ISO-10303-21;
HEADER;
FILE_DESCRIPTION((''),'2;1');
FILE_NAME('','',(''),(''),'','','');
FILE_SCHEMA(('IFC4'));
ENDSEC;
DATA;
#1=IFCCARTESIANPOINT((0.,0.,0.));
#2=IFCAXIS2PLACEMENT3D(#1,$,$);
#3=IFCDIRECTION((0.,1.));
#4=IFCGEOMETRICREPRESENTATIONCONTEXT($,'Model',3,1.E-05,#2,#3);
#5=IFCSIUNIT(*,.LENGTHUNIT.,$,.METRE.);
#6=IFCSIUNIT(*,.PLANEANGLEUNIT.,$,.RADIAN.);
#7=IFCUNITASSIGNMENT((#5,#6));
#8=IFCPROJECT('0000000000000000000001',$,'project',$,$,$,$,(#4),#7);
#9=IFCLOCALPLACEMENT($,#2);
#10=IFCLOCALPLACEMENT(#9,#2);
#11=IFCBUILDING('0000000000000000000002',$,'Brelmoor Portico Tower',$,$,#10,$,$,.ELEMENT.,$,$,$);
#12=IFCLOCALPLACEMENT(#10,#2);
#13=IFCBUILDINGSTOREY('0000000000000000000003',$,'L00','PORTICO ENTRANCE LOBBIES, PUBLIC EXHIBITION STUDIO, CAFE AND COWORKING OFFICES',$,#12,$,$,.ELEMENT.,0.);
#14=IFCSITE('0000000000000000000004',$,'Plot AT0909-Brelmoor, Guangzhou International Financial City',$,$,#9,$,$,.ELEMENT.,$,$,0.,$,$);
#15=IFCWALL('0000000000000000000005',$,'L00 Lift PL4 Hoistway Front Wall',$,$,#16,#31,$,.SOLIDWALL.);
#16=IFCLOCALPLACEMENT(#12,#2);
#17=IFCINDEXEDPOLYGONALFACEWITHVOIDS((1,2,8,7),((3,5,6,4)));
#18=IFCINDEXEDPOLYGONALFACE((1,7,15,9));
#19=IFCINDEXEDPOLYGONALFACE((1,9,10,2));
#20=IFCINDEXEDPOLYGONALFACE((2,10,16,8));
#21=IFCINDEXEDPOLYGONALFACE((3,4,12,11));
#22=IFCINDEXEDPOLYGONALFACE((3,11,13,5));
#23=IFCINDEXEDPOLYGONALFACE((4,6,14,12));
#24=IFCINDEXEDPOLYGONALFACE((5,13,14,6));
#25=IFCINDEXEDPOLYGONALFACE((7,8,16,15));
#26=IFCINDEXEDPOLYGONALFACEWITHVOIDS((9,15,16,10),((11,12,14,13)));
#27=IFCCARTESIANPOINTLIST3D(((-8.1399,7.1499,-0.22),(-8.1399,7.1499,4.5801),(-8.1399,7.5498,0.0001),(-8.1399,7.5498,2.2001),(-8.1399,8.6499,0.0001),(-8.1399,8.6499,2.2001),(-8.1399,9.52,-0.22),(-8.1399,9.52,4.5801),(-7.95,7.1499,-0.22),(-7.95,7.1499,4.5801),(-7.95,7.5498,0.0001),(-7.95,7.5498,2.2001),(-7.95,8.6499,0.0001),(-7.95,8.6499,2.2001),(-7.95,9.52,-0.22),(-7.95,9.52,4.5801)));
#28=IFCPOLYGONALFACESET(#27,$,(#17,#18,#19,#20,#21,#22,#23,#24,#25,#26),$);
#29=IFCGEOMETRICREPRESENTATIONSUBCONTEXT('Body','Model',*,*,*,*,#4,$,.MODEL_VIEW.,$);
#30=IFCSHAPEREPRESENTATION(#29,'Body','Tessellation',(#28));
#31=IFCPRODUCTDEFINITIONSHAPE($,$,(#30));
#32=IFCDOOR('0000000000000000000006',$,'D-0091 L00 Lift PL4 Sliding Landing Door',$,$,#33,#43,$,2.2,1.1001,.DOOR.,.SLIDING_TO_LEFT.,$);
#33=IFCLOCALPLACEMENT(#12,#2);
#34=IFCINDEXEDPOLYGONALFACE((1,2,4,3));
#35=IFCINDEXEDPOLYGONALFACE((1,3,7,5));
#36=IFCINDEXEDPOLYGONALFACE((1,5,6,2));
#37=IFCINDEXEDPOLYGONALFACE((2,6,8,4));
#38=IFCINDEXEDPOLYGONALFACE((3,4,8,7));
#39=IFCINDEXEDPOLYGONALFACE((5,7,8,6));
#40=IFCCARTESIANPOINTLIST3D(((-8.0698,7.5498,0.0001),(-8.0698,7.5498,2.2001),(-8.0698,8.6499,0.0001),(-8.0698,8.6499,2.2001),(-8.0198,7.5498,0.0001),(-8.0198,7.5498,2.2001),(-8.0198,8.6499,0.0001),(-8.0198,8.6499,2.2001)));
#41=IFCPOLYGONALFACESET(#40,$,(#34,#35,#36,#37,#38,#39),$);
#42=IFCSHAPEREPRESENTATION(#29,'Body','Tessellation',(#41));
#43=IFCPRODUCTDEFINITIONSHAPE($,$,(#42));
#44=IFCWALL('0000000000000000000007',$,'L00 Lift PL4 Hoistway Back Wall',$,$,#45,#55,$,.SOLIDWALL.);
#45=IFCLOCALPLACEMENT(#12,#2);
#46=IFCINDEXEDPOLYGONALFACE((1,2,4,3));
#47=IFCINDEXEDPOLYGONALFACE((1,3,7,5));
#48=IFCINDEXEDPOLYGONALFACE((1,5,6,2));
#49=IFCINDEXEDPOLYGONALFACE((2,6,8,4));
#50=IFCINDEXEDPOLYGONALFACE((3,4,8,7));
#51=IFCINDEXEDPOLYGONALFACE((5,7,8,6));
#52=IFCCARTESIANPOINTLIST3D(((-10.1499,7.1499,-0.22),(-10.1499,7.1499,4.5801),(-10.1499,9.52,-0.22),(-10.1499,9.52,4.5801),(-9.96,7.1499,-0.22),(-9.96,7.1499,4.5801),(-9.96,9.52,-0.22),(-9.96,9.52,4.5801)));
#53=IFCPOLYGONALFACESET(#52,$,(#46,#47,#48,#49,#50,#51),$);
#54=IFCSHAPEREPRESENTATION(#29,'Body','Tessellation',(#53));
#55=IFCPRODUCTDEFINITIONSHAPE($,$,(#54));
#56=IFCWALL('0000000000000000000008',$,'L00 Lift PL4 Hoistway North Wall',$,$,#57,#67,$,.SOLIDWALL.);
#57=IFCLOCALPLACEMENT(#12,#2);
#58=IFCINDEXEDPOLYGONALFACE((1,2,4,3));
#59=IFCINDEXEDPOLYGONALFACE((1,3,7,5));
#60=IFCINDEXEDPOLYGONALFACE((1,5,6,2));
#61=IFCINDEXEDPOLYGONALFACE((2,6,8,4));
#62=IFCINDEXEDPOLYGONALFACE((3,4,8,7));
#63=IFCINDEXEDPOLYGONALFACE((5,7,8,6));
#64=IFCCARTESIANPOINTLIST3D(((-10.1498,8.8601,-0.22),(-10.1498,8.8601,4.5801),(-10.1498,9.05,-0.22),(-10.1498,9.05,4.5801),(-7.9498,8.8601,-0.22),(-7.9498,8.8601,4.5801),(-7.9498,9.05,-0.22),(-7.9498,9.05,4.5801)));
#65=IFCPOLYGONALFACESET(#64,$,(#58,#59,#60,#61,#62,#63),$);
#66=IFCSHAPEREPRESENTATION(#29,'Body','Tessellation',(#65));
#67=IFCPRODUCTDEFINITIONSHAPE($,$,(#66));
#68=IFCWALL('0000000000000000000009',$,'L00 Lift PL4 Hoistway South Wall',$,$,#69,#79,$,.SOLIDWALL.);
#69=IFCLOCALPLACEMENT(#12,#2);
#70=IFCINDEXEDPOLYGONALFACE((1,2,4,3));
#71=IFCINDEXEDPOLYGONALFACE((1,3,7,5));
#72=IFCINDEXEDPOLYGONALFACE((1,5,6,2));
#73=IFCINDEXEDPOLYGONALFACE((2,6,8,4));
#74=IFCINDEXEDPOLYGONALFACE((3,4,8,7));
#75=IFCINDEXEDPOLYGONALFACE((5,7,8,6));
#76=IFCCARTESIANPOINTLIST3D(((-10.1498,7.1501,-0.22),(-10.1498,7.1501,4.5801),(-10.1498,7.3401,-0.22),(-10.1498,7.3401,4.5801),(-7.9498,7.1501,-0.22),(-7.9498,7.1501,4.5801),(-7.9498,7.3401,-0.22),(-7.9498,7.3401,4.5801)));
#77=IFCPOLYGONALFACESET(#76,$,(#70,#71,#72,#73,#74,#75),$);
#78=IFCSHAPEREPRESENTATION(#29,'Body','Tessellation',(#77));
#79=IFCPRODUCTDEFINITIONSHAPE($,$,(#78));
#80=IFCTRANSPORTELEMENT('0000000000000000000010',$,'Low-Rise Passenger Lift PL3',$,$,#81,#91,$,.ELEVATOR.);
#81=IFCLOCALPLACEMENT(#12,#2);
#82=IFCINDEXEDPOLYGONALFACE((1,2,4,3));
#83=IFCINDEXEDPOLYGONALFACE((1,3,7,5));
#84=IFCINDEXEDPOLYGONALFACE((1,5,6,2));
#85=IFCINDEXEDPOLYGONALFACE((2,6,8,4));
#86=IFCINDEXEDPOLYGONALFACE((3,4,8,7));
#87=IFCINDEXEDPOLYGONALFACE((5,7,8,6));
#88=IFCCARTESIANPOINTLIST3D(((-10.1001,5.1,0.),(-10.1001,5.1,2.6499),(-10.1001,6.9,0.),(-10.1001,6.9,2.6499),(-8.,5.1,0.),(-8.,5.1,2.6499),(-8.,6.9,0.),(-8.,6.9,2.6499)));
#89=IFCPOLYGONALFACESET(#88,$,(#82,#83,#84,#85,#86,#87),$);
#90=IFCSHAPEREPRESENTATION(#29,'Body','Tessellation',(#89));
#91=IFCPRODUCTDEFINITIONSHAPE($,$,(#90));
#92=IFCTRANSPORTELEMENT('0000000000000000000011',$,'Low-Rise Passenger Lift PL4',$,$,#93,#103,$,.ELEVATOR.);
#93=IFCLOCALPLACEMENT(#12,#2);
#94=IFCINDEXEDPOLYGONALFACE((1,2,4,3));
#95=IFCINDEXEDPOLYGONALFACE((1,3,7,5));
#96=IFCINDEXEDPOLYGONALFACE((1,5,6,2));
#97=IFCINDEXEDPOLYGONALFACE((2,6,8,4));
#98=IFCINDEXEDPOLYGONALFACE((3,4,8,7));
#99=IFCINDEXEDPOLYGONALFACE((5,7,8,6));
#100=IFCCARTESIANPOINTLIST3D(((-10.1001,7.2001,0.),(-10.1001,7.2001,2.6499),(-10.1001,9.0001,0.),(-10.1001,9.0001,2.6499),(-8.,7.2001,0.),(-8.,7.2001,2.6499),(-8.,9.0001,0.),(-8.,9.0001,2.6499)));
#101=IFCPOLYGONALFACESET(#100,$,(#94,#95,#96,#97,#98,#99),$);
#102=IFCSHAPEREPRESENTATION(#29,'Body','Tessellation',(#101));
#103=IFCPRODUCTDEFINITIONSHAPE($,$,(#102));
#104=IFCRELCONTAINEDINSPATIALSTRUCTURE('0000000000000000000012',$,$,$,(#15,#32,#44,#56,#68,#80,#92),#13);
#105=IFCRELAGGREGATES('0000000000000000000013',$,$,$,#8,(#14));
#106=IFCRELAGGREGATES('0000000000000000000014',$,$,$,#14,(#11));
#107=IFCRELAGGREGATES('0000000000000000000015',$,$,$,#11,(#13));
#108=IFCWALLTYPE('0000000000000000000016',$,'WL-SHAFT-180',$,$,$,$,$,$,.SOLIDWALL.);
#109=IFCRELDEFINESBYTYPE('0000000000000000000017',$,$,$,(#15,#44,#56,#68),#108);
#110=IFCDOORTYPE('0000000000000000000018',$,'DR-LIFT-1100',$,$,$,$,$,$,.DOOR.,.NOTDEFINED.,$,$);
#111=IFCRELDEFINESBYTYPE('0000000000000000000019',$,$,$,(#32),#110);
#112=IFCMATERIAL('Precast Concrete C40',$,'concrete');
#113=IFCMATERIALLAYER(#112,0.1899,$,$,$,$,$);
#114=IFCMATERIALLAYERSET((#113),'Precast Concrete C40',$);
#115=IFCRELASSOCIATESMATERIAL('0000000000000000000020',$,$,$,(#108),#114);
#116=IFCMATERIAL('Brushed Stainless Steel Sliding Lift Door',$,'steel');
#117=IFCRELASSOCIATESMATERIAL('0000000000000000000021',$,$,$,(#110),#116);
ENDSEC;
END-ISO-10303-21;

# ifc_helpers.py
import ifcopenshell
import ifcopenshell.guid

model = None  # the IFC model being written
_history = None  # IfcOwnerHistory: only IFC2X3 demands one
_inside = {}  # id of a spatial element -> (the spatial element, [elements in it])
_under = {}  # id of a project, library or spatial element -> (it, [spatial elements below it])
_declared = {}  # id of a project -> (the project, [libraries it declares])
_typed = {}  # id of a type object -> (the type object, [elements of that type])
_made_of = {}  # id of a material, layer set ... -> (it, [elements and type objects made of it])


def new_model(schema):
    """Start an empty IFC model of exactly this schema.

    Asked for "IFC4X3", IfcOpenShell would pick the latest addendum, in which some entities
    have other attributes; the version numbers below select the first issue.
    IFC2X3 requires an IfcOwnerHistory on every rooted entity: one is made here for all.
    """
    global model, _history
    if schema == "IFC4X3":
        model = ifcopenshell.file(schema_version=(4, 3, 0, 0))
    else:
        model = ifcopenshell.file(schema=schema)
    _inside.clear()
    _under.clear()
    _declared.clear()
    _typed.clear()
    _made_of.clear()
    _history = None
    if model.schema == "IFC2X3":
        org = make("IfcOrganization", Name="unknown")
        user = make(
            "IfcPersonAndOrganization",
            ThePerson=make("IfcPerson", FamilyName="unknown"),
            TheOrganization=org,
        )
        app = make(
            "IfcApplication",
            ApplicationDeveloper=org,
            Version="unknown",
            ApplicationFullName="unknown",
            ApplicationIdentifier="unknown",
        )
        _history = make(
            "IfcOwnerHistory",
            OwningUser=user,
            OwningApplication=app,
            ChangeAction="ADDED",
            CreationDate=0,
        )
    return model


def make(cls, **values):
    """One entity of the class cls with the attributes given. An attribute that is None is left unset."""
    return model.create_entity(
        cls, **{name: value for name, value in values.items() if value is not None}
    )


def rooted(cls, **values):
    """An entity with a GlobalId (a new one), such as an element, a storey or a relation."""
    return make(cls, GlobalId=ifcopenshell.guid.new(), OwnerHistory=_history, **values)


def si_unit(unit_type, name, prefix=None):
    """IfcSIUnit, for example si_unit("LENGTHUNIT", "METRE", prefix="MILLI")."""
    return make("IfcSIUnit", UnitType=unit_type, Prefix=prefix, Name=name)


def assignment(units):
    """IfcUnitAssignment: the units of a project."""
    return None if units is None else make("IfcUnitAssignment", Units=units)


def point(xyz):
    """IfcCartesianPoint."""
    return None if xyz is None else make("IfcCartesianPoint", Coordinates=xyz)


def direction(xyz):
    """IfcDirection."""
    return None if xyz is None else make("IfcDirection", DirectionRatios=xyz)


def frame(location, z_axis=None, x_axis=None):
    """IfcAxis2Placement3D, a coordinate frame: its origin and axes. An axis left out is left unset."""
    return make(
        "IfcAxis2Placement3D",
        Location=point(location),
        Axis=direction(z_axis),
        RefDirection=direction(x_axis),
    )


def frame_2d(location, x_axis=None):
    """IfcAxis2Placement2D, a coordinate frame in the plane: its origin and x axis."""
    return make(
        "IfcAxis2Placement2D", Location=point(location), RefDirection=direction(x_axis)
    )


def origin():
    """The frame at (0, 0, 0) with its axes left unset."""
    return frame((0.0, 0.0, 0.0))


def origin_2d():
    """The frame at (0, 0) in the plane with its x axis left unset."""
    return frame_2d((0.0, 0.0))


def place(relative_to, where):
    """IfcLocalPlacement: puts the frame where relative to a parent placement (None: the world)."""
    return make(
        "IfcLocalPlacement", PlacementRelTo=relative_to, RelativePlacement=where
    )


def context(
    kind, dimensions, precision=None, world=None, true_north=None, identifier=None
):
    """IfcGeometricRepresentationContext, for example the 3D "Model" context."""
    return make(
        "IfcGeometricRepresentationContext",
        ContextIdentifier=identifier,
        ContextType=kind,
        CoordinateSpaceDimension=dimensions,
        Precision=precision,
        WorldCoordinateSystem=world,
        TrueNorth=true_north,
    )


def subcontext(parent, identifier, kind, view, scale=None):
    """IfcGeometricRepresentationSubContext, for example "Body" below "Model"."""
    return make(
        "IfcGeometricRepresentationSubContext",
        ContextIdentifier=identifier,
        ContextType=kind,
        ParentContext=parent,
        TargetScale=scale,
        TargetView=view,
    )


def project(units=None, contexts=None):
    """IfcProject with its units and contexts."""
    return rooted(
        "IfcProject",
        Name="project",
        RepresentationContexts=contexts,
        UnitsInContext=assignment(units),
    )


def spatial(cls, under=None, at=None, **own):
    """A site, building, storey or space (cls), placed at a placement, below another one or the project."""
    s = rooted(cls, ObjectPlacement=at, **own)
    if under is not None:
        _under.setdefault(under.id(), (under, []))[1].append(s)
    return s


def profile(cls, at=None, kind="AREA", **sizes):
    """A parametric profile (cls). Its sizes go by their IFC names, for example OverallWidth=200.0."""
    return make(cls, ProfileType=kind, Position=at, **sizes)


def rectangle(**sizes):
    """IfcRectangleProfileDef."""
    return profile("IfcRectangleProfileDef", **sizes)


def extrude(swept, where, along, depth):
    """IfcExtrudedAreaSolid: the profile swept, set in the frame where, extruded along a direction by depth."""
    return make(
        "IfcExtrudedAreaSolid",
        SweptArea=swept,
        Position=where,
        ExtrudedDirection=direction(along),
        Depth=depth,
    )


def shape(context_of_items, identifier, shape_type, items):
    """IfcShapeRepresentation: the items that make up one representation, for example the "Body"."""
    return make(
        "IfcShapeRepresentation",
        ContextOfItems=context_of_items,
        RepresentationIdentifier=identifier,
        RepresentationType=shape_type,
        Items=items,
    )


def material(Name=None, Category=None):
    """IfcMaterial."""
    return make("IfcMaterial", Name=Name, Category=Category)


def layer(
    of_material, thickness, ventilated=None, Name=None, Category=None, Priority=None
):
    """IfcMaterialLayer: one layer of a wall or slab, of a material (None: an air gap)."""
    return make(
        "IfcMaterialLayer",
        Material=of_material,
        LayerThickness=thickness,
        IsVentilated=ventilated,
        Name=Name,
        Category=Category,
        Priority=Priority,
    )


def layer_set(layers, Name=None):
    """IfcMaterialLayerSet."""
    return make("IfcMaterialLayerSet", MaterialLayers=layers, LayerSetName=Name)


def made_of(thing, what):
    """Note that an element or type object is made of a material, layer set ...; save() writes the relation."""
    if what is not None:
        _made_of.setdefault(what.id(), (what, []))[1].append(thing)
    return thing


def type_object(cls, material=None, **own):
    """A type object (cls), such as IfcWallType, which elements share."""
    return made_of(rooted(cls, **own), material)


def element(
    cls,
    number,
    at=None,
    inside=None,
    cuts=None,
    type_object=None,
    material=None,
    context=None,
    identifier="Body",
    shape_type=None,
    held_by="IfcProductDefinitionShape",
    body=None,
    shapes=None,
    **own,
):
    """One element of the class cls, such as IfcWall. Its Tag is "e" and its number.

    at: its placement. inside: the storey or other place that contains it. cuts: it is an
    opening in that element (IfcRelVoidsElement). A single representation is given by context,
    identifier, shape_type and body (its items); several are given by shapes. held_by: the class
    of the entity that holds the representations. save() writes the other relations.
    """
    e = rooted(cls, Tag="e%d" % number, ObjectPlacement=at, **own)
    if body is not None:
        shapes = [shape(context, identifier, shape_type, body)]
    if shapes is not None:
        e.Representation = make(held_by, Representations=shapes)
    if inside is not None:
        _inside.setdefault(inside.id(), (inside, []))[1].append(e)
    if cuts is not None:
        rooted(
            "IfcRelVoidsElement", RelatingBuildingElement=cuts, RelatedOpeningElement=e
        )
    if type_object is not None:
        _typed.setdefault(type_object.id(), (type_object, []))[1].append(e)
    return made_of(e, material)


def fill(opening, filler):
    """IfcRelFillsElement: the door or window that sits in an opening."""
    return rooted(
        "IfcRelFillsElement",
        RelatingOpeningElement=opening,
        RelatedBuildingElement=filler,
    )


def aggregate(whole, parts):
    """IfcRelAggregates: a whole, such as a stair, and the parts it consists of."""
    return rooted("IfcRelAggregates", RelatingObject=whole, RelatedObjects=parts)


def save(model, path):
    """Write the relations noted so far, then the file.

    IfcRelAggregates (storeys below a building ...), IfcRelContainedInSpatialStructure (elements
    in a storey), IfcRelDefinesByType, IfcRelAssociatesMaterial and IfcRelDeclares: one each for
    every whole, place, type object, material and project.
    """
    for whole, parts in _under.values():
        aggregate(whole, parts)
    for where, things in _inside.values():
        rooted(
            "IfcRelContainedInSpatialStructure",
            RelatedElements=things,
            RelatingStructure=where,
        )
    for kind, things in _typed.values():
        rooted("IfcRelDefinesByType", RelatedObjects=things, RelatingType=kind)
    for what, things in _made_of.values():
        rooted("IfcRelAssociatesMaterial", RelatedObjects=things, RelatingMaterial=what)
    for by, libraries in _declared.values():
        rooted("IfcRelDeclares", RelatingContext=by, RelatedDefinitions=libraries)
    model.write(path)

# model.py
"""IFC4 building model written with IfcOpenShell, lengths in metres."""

from ifc_helpers import new_model, si_unit, direction, frame, frame_2d, origin, origin_2d, place, context, subcontext, project, spatial, rectangle, extrude, material, layer, layer_set, type_object, element, fill, save


model = new_model("IFC4")

# Units and contexts
model_context = context("Model", 3, precision=1e-05, world=origin(), true_north=direction((0.0, 1.0)))
body_context = subcontext(model_context, "Body", "Model", "MODEL_VIEW")
ifc_project = project(units=[si_unit("LENGTHUNIT", "METRE"), si_unit("PLANEANGLEUNIT", "RADIAN")], contexts=[model_context])

# Site, building, storey
site_placement = place(None, origin())
site = spatial("IfcSite", under=ifc_project, at=site_placement, Name="Plot AT0909-Brelmoor, Guangzhou International Financial City", CompositionType="ELEMENT", RefElevation=0.0)
building_placement = place(site_placement, origin())
building = spatial("IfcBuilding", under=site, at=building_placement, Name="Brelmoor Portico Tower", CompositionType="ELEMENT")
storey_placement = place(building_placement, origin())
storey = spatial("IfcBuildingStorey", under=building, at=storey_placement, Name="L00", Description="PORTICO ENTRANCE LOBBIES, PUBLIC EXHIBITION STUDIO, CAFE AND COWORKING OFFICES", CompositionType="ELEMENT", Elevation=0.0)

# Shared definitions
ifc_material_1 = material(Name="Precast Concrete C40", Category="concrete")
ifc_layer_1 = layer(ifc_material_1, 0.1899)
ifc_layer_set_1 = layer_set([ifc_layer_1], Name="Precast Concrete C40")
wall_type_1 = type_object("IfcWallType", Name="WL-SHAFT-180", PredefinedType="SOLIDWALL", material=ifc_layer_set_1)
ifc_material_2 = material(Name="Brushed Stainless Steel Sliding Lift Door", Category="steel")
door_type_1 = type_object("IfcDoorType", Name="DR-LIFT-1100", OperationType="NOTDEFINED", PredefinedType="DOOR", material=ifc_material_2)

# Wall, opening, door
wall_1_placement = place(storey_placement, frame((-8.0449, 7.1499, -0.22), z_axis=(0.0, 0.0, 1.0), x_axis=(0.0, 1.0, 0.0)))
wall_1 = element("IfcWall", 1, at=wall_1_placement, inside=storey, type_object=wall_type_1, Name="L00 Lift PL4 Hoistway Front Wall", PredefinedType="SOLIDWALL", context=body_context, shape_type="SweptSolid", body=[
    extrude(rectangle(XDim=2.3701, YDim=0.1899, at=frame_2d((1.1851, 0.0))), origin(), (0.0, 0.0, 1.0), 4.8),
])
opening_1_placement = place(wall_1_placement, frame((0.3999, 0.0, 0.22)))
opening_1 = element("IfcOpeningElement", 2, at=opening_1_placement, cuts=wall_1, PredefinedType="OPENING", context=body_context, shape_type="SweptSolid", body=[
    extrude(rectangle(XDim=1.1001, YDim=2.2, at=frame_2d((0.55, 1.1001))), frame((0.0, 0.105, 0.0), z_axis=(0.0, -1.0, 0.0), x_axis=(1.0, 0.0, 0.0)), (0.0, 0.0, 1.0), 0.21),
])
door_1_placement = place(opening_1_placement, origin())
door_1 = element("IfcDoor", 3, at=door_1_placement, inside=storey, type_object=door_type_1, Name="D-0091 L00 Lift PL4 Sliding Landing Door", OperationType="SLIDING_TO_LEFT", OverallHeight=2.2, OverallWidth=1.1001, PredefinedType="DOOR", context=body_context, shape_type="SweptSolid", body=[
    extrude(rectangle(XDim=1.1001, YDim=2.2, at=frame_2d((0.55, 1.1001))), frame((0.0, 0.0249, 0.0), z_axis=(0.0, -1.0, 0.0), x_axis=(1.0, 0.0, 0.0)), (0.0, 0.0, 1.0), 0.05),
])
fill(opening_1, door_1)

# Walls
wall_2_placement = place(storey_placement, frame((-10.0549, 7.1499, -0.22), z_axis=(0.0, 0.0, 1.0), x_axis=(0.0, 1.0, 0.0)))
element("IfcWall", 4, at=wall_2_placement, inside=storey, type_object=wall_type_1, Name="L00 Lift PL4 Hoistway Back Wall", PredefinedType="SOLIDWALL", context=body_context, shape_type="SweptSolid", body=[
    extrude(rectangle(XDim=2.3701, YDim=0.1899, at=frame_2d((1.1851, 0.0))), origin(), (0.0, 0.0, 1.0), 4.8),
])
for number, where, z_axis, x_axis, name in (
    (5, (-10.1499, 8.9551, -0.22), (0.0, 0.0, 1.0), (1.0, 0.0, 0.0), "L00 Lift PL4 Hoistway North Wall"),
    (6, (-10.1499, 7.2451, -0.22), (0.0, 0.0, 1.0), (1.0, 0.0, 0.0), "L00 Lift PL4 Hoistway South Wall"),
):
    element("IfcWall", number, at=place(storey_placement, frame(where, z_axis=z_axis, x_axis=x_axis)), inside=storey, type_object=wall_type_1, Name=name, PredefinedType="SOLIDWALL", context=body_context, shape_type="SweptSolid", body=[
        extrude(rectangle(XDim=2.2, YDim=0.1899, at=frame_2d((1.1001, 0.0))), origin(), (0.0, 0.0, 1.0), 4.8),
    ])

# Transport elements
for number, where, z_axis, x_axis, name in (
    (7, (-9.05, 6.0, 0.0), (0.0, 0.0, 1.0), (0.0, 1.0, 0.0), "Low-Rise Passenger Lift PL3"),
    (8, (-9.05, 8.1001, 0.0), (0.0, 0.0, 1.0), (0.0, 1.0, 0.0), "Low-Rise Passenger Lift PL4"),
):
    element("IfcTransportElement", number, at=place(storey_placement, frame(where, z_axis=z_axis, x_axis=x_axis)), inside=storey, Name=name, PredefinedType="ELEVATOR", context=body_context, shape_type="SweptSolid", body=[
        extrude(rectangle(XDim=1.8, YDim=2.1001, at=origin_2d()), origin(), (0.0, 0.0, 1.0), 2.6499),
    ])

save(model, "model.ifc")
